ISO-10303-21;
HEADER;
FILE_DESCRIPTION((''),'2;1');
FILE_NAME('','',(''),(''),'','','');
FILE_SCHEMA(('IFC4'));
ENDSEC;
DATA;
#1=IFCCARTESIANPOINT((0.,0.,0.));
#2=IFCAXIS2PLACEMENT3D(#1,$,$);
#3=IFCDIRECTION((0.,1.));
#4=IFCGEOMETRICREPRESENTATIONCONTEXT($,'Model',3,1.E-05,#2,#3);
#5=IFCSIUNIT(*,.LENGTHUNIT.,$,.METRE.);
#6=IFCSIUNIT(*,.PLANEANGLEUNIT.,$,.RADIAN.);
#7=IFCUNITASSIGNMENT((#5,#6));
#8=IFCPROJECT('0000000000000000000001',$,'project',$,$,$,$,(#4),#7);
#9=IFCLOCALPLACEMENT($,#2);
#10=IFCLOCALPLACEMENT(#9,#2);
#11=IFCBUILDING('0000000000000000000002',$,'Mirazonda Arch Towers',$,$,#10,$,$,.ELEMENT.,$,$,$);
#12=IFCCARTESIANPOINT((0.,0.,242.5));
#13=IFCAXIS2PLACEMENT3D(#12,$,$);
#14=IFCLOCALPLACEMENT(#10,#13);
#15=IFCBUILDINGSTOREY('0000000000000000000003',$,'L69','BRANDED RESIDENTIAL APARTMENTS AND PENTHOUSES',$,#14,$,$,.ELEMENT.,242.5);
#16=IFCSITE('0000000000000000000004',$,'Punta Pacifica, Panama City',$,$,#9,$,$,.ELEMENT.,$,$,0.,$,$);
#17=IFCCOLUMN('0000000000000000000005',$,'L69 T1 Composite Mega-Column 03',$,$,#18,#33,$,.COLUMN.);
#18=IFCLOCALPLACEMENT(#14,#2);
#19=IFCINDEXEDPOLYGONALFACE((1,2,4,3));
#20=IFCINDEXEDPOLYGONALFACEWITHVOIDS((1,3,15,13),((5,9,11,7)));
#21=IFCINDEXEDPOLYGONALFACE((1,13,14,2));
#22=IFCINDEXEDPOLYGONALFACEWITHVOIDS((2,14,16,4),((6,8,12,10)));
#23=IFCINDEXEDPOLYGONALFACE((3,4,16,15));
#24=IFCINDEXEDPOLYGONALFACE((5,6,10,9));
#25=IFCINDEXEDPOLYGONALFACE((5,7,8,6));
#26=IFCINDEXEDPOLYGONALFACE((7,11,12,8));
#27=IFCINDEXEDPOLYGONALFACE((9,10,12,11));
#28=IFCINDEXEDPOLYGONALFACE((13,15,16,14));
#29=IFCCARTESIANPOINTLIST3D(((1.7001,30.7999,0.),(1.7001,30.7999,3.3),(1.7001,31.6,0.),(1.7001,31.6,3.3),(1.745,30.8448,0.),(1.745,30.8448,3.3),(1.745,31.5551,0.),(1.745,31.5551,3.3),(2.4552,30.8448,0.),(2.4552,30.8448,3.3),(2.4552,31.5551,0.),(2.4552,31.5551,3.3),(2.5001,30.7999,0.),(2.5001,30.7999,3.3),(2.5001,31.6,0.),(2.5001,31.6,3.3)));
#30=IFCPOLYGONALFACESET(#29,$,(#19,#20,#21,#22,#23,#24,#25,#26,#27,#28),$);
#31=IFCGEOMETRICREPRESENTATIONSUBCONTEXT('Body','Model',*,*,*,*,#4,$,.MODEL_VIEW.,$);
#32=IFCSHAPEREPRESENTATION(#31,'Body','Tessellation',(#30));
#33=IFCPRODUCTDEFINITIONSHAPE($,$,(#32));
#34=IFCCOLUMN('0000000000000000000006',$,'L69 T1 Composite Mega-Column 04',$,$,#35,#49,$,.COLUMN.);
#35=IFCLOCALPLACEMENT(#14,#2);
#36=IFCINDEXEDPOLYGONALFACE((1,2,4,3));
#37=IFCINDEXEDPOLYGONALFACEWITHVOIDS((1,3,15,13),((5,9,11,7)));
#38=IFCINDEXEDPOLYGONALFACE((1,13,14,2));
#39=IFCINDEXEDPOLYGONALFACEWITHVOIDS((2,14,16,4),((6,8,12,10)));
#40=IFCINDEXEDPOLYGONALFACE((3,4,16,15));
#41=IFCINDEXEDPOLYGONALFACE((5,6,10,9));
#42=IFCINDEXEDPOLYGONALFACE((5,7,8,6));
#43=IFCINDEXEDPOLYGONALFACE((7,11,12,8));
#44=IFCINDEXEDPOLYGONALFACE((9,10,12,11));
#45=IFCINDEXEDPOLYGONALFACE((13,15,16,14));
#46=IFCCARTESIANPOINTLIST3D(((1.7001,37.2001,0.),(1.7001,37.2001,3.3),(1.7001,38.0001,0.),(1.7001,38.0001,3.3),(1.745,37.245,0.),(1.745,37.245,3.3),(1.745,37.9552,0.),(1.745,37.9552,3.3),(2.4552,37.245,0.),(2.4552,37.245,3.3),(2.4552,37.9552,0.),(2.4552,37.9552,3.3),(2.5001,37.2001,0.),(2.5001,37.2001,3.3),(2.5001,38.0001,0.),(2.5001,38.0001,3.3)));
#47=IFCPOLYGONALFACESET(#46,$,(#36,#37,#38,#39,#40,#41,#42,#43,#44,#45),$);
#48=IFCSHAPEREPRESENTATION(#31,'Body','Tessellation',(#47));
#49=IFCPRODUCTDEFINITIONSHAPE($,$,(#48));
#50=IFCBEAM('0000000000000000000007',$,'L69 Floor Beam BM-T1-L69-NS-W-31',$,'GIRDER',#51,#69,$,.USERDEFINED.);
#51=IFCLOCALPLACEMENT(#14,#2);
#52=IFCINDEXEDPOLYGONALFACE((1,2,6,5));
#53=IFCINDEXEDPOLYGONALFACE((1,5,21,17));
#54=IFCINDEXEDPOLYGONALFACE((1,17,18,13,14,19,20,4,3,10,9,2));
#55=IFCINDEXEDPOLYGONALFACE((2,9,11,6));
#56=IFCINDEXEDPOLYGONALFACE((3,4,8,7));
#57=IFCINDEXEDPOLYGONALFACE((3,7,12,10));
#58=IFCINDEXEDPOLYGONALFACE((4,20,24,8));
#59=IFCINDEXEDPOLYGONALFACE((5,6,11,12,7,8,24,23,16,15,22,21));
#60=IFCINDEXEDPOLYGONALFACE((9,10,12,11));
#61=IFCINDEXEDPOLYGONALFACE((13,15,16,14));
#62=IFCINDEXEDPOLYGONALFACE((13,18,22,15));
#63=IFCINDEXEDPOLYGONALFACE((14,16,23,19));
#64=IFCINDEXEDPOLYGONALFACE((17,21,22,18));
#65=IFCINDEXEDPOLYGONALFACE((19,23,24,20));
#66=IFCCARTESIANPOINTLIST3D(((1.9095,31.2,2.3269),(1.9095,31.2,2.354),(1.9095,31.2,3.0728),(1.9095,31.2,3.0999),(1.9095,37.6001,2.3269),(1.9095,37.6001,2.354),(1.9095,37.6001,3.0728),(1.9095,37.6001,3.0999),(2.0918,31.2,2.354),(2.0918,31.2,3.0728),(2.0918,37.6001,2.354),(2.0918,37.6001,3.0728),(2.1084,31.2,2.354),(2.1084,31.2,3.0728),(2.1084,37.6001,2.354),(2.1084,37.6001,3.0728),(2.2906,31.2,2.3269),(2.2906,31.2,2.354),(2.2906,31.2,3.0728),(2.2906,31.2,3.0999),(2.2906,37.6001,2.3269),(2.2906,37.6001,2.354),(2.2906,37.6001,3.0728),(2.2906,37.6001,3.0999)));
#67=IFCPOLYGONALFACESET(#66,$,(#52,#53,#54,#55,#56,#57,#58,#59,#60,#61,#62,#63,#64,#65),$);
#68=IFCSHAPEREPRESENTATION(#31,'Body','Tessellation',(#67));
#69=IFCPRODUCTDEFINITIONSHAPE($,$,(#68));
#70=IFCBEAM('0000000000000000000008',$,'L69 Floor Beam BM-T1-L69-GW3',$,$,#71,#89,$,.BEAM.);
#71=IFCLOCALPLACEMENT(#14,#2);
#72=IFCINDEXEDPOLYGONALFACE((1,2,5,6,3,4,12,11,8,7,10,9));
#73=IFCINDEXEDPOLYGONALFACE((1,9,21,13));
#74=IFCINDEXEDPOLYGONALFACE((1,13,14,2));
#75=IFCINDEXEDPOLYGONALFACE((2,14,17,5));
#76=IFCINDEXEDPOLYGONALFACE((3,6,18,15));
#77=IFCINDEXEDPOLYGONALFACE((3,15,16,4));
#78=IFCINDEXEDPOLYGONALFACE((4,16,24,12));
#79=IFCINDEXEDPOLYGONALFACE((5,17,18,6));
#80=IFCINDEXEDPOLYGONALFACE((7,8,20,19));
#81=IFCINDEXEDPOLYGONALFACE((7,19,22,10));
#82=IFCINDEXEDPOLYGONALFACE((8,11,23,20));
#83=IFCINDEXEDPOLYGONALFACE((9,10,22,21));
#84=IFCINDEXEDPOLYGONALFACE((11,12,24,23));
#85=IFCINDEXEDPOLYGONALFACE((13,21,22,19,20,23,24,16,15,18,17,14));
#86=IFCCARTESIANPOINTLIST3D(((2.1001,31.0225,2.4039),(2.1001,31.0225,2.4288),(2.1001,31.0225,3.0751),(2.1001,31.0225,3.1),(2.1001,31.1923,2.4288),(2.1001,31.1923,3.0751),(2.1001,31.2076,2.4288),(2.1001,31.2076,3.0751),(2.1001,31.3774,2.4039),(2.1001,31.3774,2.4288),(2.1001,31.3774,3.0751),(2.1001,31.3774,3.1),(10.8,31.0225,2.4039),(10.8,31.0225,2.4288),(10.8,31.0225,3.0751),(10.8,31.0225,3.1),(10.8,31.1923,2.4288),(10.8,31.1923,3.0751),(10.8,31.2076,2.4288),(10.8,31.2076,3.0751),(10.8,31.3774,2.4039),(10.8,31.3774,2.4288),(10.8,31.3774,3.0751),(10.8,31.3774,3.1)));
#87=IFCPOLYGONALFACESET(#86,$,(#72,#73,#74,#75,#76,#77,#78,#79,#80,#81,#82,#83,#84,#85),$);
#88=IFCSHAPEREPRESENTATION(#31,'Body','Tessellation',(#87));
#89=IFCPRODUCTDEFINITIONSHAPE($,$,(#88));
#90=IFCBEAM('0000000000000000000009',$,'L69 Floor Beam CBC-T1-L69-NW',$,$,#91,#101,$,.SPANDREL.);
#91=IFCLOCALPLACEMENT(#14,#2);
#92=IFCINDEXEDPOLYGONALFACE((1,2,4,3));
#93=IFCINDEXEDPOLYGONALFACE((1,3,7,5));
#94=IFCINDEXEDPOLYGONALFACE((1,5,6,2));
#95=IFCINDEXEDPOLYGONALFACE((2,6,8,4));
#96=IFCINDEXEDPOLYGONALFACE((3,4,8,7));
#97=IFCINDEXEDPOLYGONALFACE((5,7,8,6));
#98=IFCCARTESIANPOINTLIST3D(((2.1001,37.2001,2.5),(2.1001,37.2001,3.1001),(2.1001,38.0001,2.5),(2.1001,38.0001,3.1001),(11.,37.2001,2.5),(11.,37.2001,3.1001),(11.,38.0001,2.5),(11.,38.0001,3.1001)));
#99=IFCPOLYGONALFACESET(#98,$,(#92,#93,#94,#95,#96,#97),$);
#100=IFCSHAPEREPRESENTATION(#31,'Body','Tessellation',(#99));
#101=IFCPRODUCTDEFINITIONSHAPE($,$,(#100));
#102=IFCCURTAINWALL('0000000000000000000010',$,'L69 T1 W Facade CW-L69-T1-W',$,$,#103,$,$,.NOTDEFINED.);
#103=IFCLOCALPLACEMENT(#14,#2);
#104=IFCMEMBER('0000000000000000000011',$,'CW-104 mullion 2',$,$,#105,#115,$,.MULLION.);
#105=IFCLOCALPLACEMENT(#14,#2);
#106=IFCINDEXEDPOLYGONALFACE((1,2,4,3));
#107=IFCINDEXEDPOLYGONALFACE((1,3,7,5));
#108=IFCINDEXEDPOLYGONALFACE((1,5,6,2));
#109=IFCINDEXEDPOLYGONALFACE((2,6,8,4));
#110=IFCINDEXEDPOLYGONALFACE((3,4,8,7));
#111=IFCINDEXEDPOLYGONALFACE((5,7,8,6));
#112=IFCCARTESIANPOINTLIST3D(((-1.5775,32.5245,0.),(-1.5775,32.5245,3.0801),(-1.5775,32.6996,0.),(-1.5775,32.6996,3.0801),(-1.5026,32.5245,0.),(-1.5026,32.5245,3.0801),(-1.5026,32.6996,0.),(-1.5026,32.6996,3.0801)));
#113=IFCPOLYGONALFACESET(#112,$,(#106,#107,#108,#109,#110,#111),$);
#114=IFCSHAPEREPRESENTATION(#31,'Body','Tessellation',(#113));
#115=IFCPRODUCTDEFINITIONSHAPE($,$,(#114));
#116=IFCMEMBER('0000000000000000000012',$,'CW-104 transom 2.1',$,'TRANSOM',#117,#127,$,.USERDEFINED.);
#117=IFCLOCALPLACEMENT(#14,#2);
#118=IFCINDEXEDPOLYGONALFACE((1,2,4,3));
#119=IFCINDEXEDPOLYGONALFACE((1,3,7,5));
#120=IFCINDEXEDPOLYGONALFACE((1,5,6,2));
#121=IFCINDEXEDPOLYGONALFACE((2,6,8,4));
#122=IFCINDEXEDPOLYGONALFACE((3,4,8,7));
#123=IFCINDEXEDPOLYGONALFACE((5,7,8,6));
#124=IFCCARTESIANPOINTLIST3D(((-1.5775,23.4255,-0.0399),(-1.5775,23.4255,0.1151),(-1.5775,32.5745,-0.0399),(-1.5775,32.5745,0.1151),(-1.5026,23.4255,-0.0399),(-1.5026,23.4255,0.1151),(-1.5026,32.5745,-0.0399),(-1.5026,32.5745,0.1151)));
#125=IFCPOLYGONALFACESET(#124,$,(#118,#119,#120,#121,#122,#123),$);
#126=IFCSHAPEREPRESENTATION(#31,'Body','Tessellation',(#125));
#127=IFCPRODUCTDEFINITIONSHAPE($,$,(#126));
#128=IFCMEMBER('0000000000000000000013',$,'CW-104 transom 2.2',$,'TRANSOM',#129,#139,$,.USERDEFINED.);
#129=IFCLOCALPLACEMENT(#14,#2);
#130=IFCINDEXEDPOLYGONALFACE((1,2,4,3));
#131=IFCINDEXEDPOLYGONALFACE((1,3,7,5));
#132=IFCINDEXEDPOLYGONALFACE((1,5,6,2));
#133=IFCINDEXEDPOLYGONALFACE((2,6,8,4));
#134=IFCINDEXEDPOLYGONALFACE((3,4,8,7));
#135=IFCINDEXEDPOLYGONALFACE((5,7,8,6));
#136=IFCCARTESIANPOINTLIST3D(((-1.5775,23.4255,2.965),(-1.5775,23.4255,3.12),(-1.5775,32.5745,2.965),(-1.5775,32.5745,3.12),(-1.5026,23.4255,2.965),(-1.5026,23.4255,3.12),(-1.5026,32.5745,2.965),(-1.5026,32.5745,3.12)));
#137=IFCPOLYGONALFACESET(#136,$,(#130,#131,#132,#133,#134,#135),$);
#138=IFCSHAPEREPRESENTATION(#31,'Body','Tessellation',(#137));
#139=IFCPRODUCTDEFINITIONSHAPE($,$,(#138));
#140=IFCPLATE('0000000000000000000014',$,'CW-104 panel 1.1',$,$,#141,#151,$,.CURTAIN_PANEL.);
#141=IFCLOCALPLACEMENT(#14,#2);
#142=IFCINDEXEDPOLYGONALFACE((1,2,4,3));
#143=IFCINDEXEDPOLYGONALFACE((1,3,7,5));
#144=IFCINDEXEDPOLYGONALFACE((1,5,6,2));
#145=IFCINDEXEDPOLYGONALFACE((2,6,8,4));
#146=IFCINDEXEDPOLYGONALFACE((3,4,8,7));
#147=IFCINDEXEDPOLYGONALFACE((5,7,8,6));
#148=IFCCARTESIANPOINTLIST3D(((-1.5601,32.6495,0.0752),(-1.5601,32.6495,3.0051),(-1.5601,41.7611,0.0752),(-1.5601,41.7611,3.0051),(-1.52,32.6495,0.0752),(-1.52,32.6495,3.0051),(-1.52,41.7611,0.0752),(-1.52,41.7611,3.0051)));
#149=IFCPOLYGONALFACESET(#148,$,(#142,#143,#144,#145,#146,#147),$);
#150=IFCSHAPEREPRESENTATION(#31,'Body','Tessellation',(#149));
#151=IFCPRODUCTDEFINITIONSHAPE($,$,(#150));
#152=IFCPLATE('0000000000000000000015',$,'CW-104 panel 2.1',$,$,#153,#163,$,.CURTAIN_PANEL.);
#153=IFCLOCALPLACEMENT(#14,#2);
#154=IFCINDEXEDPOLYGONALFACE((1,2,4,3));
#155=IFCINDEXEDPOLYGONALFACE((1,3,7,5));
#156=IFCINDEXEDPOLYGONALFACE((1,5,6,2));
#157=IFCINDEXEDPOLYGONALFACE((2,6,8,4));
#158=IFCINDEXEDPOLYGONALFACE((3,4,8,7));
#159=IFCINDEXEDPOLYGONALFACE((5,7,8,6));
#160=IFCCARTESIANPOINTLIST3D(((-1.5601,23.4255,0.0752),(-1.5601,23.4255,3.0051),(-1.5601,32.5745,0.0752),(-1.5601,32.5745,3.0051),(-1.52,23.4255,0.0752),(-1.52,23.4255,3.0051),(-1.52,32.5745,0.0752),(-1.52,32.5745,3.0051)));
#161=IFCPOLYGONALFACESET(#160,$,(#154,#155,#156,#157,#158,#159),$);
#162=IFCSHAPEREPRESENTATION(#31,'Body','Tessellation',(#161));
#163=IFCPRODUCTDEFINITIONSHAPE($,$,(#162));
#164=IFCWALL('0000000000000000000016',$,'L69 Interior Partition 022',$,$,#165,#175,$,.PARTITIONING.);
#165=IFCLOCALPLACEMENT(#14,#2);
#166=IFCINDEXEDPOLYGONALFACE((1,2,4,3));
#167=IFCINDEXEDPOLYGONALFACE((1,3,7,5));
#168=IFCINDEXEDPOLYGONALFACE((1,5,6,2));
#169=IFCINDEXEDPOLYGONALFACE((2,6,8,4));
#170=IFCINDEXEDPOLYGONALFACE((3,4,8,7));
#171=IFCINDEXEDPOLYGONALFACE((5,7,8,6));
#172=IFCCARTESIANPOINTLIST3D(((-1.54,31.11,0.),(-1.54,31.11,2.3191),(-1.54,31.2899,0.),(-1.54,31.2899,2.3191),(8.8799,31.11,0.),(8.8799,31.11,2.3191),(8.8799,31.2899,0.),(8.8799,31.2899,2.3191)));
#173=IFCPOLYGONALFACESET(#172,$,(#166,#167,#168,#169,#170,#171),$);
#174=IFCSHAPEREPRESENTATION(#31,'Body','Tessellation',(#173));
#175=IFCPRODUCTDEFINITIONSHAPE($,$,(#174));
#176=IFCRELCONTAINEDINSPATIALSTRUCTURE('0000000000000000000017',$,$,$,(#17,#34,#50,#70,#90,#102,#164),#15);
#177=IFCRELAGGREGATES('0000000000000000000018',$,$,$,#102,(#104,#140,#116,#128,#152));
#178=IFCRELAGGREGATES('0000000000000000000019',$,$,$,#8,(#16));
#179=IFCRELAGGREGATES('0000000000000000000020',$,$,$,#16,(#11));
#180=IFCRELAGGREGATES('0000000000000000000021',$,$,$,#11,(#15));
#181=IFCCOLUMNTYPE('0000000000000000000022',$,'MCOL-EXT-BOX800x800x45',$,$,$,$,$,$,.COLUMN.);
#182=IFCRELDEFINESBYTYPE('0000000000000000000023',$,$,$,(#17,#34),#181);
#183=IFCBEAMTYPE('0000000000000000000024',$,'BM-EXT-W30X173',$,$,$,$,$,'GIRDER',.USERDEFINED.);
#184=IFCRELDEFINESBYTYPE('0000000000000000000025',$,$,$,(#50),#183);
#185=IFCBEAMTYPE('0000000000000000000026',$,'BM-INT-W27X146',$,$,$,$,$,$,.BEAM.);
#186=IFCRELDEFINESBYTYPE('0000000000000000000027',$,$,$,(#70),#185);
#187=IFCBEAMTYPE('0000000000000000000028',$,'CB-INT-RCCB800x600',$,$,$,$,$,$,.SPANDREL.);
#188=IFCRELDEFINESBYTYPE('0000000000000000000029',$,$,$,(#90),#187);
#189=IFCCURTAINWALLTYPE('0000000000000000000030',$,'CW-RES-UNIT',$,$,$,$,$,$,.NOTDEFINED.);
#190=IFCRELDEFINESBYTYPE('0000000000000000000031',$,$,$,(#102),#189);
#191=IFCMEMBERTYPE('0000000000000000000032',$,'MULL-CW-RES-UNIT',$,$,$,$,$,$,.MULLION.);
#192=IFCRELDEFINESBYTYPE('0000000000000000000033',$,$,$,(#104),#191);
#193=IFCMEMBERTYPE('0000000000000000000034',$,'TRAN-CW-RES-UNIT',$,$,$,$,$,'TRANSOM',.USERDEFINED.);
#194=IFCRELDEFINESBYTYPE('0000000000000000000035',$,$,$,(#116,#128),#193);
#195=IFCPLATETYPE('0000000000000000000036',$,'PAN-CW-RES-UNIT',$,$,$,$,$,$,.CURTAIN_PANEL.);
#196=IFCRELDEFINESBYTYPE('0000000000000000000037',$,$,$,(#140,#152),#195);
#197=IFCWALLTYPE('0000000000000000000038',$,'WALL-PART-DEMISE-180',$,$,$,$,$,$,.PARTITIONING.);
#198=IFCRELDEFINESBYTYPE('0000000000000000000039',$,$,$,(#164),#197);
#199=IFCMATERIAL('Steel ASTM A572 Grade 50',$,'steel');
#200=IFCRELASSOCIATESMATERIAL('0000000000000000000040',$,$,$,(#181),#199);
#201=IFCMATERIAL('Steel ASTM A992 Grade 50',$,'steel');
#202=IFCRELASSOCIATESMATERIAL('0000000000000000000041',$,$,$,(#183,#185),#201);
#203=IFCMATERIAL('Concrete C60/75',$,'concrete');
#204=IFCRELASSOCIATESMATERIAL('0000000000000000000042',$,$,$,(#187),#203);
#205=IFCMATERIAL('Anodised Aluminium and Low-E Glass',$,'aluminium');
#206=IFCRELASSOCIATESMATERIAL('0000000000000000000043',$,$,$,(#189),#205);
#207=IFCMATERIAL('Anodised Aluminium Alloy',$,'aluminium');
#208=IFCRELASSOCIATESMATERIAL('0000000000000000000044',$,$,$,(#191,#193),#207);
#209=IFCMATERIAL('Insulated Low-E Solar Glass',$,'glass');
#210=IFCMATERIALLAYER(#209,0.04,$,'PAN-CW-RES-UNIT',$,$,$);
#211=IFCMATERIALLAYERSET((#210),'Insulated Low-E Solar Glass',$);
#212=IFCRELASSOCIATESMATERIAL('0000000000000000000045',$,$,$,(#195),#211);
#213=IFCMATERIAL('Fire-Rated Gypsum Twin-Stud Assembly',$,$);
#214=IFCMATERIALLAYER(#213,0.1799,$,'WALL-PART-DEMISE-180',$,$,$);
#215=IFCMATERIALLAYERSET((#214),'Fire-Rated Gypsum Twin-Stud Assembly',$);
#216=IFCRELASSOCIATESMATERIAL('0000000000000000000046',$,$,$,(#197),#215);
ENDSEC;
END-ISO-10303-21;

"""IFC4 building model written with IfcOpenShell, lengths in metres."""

from ifc_helpers import new_model, si_unit, direction, frame, frame_2d, origin, origin_2d, place, context, subcontext, project, spatial, rectangle, hollow_rectangle, i_section, extrude, material, layer, layer_set, material_profile, profile_set, type_object, element, aggregate, save


model = new_model("IFC4")

# Units and contexts
model_context = context("Model", 3, precision=1e-05, world=origin(), true_north=direction((0.0, 1.0)))
body_context = subcontext(model_context, "Body", "Model", "MODEL_VIEW")
ifc_project = project(units=[si_unit("LENGTHUNIT", "METRE"), si_unit("PLANEANGLEUNIT", "RADIAN")], contexts=[model_context])

# Site, building, storey
site_placement = place(None, origin())
site = spatial("IfcSite", under=ifc_project, at=site_placement, Name="Punta Pacifica, Panama City", CompositionType="ELEMENT", RefElevation=0.0)
building_placement = place(site_placement, origin())
building = spatial("IfcBuilding", under=site, at=building_placement, Name="Mirazonda Arch Towers", CompositionType="ELEMENT")
storey_placement = place(building_placement, frame((0.0, 0.0, 242.5)))
storey = spatial("IfcBuildingStorey", under=building, at=storey_placement, Name="L69", Description="BRANDED RESIDENTIAL APARTMENTS AND PENTHOUSES", CompositionType="ELEMENT", Elevation=242.5)

# Columns
ifc_material_1 = material(Name="Steel ASTM A572 Grade 50", Category="steel")
ifc_material_profile_1 = material_profile(ifc_material_1, hollow_rectangle(XDim=0.8, YDim=0.8, WallThickness=0.0449, at=origin_2d()), Name="BOX800x800x45")
ifc_profile_set_1 = profile_set([ifc_material_profile_1], Name="Steel ASTM A572 Grade 50")
column_type = type_object("IfcColumnType", Name="MCOL-EXT-BOX800x800x45", PredefinedType="COLUMN", material=ifc_profile_set_1)
for number, where, z_axis, x_axis, name in (
    (1, (2.1001, 31.2, 0.0), (0.0, 0.0, 1.0), (1.0, 0.0, 0.0), "L69 T1 Composite Mega-Column 03"),
    (2, (2.1001, 37.6001, 0.0), (0.0, 0.0, 1.0), (1.0, 0.0, 0.0), "L69 T1 Composite Mega-Column 04"),
):
    element("IfcColumn", number, at=place(storey_placement, frame(where, z_axis=z_axis, x_axis=x_axis)), inside=storey, type_object=column_type, Name=name, PredefinedType="COLUMN", context=body_context, shape_type="SweptSolid", body=[
        extrude(hollow_rectangle(XDim=0.8, YDim=0.8, WallThickness=0.0449, at=origin_2d()), origin(), (0.0, 0.0, 1.0), 3.3),
    ])

# Beams
ifc_material_2 = material(Name="Steel ASTM A992 Grade 50", Category="steel")
ifc_material_profile_2 = material_profile(ifc_material_2, i_section(OverallWidth=0.3811, OverallDepth=0.7729, WebThickness=0.0166, FlangeThickness=0.0271, at=origin_2d()), Name="W30X173")
ifc_profile_set_2 = profile_set([ifc_material_profile_2], Name="Steel ASTM A992 Grade 50")
beam_type_1 = type_object("IfcBeamType", Name="BM-EXT-W30X173", ElementType="GIRDER", PredefinedType="USERDEFINED", material=ifc_profile_set_2)
beam_1_placement = place(storey_placement, frame((2.1001, 31.2, 2.7134), z_axis=(0.0, 1.0, 0.0), x_axis=(-1.0, 0.0, 0.0)))
element("IfcBeam", 3, at=beam_1_placement, inside=storey, type_object=beam_type_1, Name="L69 Floor Beam BM-T1-L69-NS-W-31", ObjectType="GIRDER", PredefinedType="USERDEFINED", context=body_context, shape_type="SweptSolid", body=[
    extrude(i_section(OverallWidth=0.3811, OverallDepth=0.7729, WebThickness=0.0166, FlangeThickness=0.0271, at=origin_2d()), origin(), (0.0, 0.0, 1.0), 6.4001),
])
ifc_material_profile_3 = material_profile(ifc_material_2, i_section(OverallWidth=0.355, OverallDepth=0.696, WebThickness=0.0154, FlangeThickness=0.0249, at=origin_2d()), Name="W27X146")
ifc_profile_set_3 = profile_set([ifc_material_profile_3], Name="Steel ASTM A992 Grade 50")
beam_type_2 = type_object("IfcBeamType", Name="BM-INT-W27X146", PredefinedType="BEAM", material=ifc_profile_set_3)
beam_2_placement = place(storey_placement, frame((2.1001, 31.2, 2.752), z_axis=(1.0, 0.0, 0.0), x_axis=(0.0, 1.0, 0.0)))
element("IfcBeam", 4, at=beam_2_placement, inside=storey, type_object=beam_type_2, Name="L69 Floor Beam BM-T1-L69-GW3", PredefinedType="BEAM", context=body_context, shape_type="SweptSolid", body=[
    extrude(i_section(OverallWidth=0.355, OverallDepth=0.696, WebThickness=0.0154, FlangeThickness=0.0249, at=origin_2d()), origin(), (0.0, 0.0, 1.0), 8.7),
])
ifc_material_3 = material(Name="Concrete C60/75", Category="concrete")
ifc_material_profile_4 = material_profile(ifc_material_3, rectangle(XDim=0.8, YDim=0.6001, at=origin_2d()), Name="RCCB800x600")
ifc_profile_set_4 = profile_set([ifc_material_profile_4], Name="Concrete C60/75")
beam_type_3 = type_object("IfcBeamType", Name="CB-INT-RCCB800x600", PredefinedType="SPANDREL", material=ifc_profile_set_4)
beam_3_placement = place(storey_placement, frame((2.1001, 37.6001, 2.8), z_axis=(1.0, 0.0, 0.0), x_axis=(0.0, 1.0, 0.0)))
element("IfcBeam", 5, at=beam_3_placement, inside=storey, type_object=beam_type_3, Name="L69 Floor Beam CBC-T1-L69-NW", PredefinedType="SPANDREL", context=body_context, shape_type="SweptSolid", body=[
    extrude(rectangle(XDim=0.8, YDim=0.6001, at=origin_2d()), origin(), (0.0, 0.0, 1.0), 8.8999),
])

# Curtain wall, members, plates
ifc_material_4 = material(Name="Anodised Aluminium and Low-E Glass", Category="aluminium")
curtain_wall_type = type_object("IfcCurtainWallType", Name="CW-RES-UNIT", PredefinedType="NOTDEFINED", material=ifc_material_4)
curtain_wall_placement = place(storey_placement, origin())
curtain_wall = element("IfcCurtainWall", 6, at=curtain_wall_placement, inside=storey, type_object=curtain_wall_type, Name="L69 T1 W Facade CW-L69-T1-W", PredefinedType="NOTDEFINED")
ifc_material_5 = material(Name="Anodised Aluminium Alloy", Category="aluminium")
ifc_material_profile_5 = material_profile(ifc_material_5, rectangle(XDim=0.075, YDim=0.175, at=origin_2d()), Name="ALU-MULL-75x175")
ifc_profile_set_5 = profile_set([ifc_material_profile_5], Name="Anodised Aluminium Alloy")
member_type_1 = type_object("IfcMemberType", Name="MULL-CW-RES-UNIT", PredefinedType="MULLION", material=ifc_profile_set_5)
member_1_placement = place(storey_placement, frame((-1.54, 32.6121, 0.0), z_axis=(0.0, 0.0, 1.0), x_axis=(1.0, 0.0, 0.0)))
member_1 = element("IfcMember", 7, at=member_1_placement, type_object=member_type_1, Name="CW-104 mullion 2", PredefinedType="MULLION", context=body_context, shape_type="SweptSolid", body=[
    extrude(rectangle(XDim=0.075, YDim=0.175, at=origin_2d()), origin(), (0.0, 0.0, 1.0), 3.0801),
])
ifc_material_profile_6 = material_profile(ifc_material_5, rectangle(XDim=0.075, YDim=0.155, at=origin_2d()), Name="ALU-TRAN-75x155")
ifc_profile_set_6 = profile_set([ifc_material_profile_6], Name="Anodised Aluminium Alloy")
member_type_2 = type_object("IfcMemberType", Name="TRAN-CW-RES-UNIT", ElementType="TRANSOM", PredefinedType="USERDEFINED", material=ifc_profile_set_6)
member_2_placement = place(storey_placement, frame((-1.54, 32.5745, 0.0376), z_axis=(0.0, -1.0, 0.0), x_axis=(1.0, 0.0, 0.0)))
member_2 = element("IfcMember", 8, at=member_2_placement, type_object=member_type_2, Name="CW-104 transom 2.1", ObjectType="TRANSOM", PredefinedType="USERDEFINED", context=body_context, shape_type="SweptSolid", body=[
    extrude(rectangle(XDim=0.075, YDim=0.155, at=origin_2d()), origin(), (0.0, 0.0, 1.0), 9.1489),
])
member_3_placement = place(storey_placement, frame((-1.54, 32.5745, 3.0425), z_axis=(0.0, -1.0, 0.0), x_axis=(1.0, 0.0, 0.0)))
member_3 = element("IfcMember", 9, at=member_3_placement, type_object=member_type_2, Name="CW-104 transom 2.2", ObjectType="TRANSOM", PredefinedType="USERDEFINED", context=body_context, shape_type="SweptSolid", body=[
    extrude(rectangle(XDim=0.075, YDim=0.155, at=origin_2d()), origin(), (0.0, 0.0, 1.0), 9.1489),
])
ifc_material_6 = material(Name="Insulated Low-E Solar Glass", Category="glass")
ifc_layer_1 = layer(ifc_material_6, 0.04, Name="PAN-CW-RES-UNIT")
ifc_layer_set_1 = layer_set([ifc_layer_1], Name="Insulated Low-E Solar Glass")
plate_type = type_object("IfcPlateType", Name="PAN-CW-RES-UNIT", PredefinedType="CURTAIN_PANEL", material=ifc_layer_set_1)
plate_1_placement = place(storey_placement, frame((-1.54, 37.2053, 0.0752), z_axis=(0.0, 0.0, 1.0), x_axis=(0.0, -1.0, 0.0)))
plate_1 = element("IfcPlate", 10, at=plate_1_placement, type_object=plate_type, Name="CW-104 panel 1.1", PredefinedType="CURTAIN_PANEL", context=body_context, shape_type="SweptSolid", body=[
    extrude(rectangle(XDim=9.1116, YDim=0.04, at=origin_2d()), origin(), (0.0, 0.0, 1.0), 2.9299),
])
plate_2_placement = place(storey_placement, frame((-1.54, 28.0, 0.0752), z_axis=(0.0, 0.0, 1.0), x_axis=(0.0, -1.0, 0.0)))
plate_2 = element("IfcPlate", 11, at=plate_2_placement, type_object=plate_type, Name="CW-104 panel 2.1", PredefinedType="CURTAIN_PANEL", context=body_context, shape_type="SweptSolid", body=[
    extrude(rectangle(XDim=9.1489, YDim=0.04, at=origin_2d()), origin(), (0.0, 0.0, 1.0), 2.9299),
])
aggregate(curtain_wall, [member_1, plate_1, member_2, member_3, plate_2])

# Shared definitions
ifc_material_7 = material(Name="Fire-Rated Gypsum Twin-Stud Assembly")
ifc_layer_2 = layer(ifc_material_7, 0.1799, Name="WALL-PART-DEMISE-180")
ifc_layer_set_2 = layer_set([ifc_layer_2], Name="Fire-Rated Gypsum Twin-Stud Assembly")
wall_type_1 = type_object("IfcWallType", Name="WALL-PART-DEMISE-180", PredefinedType="PARTITIONING", material=ifc_layer_set_2)

# Wall
wall_1_placement = place(storey_placement, frame((-1.54, 31.2, 0.0), z_axis=(0.0, 0.0, 1.0), x_axis=(1.0, 0.0, 0.0)))
element("IfcWall", 12, at=wall_1_placement, inside=storey, type_object=wall_type_1, Name="L69 Interior Partition 022", PredefinedType="PARTITIONING", context=body_context, shape_type="SweptSolid", body=[
    extrude(rectangle(XDim=10.4199, YDim=0.1799, at=frame_2d((5.21, 0.0))), origin(), (0.0, 0.0, 1.0), 2.3191),
])

save(model, "model.ifc")
